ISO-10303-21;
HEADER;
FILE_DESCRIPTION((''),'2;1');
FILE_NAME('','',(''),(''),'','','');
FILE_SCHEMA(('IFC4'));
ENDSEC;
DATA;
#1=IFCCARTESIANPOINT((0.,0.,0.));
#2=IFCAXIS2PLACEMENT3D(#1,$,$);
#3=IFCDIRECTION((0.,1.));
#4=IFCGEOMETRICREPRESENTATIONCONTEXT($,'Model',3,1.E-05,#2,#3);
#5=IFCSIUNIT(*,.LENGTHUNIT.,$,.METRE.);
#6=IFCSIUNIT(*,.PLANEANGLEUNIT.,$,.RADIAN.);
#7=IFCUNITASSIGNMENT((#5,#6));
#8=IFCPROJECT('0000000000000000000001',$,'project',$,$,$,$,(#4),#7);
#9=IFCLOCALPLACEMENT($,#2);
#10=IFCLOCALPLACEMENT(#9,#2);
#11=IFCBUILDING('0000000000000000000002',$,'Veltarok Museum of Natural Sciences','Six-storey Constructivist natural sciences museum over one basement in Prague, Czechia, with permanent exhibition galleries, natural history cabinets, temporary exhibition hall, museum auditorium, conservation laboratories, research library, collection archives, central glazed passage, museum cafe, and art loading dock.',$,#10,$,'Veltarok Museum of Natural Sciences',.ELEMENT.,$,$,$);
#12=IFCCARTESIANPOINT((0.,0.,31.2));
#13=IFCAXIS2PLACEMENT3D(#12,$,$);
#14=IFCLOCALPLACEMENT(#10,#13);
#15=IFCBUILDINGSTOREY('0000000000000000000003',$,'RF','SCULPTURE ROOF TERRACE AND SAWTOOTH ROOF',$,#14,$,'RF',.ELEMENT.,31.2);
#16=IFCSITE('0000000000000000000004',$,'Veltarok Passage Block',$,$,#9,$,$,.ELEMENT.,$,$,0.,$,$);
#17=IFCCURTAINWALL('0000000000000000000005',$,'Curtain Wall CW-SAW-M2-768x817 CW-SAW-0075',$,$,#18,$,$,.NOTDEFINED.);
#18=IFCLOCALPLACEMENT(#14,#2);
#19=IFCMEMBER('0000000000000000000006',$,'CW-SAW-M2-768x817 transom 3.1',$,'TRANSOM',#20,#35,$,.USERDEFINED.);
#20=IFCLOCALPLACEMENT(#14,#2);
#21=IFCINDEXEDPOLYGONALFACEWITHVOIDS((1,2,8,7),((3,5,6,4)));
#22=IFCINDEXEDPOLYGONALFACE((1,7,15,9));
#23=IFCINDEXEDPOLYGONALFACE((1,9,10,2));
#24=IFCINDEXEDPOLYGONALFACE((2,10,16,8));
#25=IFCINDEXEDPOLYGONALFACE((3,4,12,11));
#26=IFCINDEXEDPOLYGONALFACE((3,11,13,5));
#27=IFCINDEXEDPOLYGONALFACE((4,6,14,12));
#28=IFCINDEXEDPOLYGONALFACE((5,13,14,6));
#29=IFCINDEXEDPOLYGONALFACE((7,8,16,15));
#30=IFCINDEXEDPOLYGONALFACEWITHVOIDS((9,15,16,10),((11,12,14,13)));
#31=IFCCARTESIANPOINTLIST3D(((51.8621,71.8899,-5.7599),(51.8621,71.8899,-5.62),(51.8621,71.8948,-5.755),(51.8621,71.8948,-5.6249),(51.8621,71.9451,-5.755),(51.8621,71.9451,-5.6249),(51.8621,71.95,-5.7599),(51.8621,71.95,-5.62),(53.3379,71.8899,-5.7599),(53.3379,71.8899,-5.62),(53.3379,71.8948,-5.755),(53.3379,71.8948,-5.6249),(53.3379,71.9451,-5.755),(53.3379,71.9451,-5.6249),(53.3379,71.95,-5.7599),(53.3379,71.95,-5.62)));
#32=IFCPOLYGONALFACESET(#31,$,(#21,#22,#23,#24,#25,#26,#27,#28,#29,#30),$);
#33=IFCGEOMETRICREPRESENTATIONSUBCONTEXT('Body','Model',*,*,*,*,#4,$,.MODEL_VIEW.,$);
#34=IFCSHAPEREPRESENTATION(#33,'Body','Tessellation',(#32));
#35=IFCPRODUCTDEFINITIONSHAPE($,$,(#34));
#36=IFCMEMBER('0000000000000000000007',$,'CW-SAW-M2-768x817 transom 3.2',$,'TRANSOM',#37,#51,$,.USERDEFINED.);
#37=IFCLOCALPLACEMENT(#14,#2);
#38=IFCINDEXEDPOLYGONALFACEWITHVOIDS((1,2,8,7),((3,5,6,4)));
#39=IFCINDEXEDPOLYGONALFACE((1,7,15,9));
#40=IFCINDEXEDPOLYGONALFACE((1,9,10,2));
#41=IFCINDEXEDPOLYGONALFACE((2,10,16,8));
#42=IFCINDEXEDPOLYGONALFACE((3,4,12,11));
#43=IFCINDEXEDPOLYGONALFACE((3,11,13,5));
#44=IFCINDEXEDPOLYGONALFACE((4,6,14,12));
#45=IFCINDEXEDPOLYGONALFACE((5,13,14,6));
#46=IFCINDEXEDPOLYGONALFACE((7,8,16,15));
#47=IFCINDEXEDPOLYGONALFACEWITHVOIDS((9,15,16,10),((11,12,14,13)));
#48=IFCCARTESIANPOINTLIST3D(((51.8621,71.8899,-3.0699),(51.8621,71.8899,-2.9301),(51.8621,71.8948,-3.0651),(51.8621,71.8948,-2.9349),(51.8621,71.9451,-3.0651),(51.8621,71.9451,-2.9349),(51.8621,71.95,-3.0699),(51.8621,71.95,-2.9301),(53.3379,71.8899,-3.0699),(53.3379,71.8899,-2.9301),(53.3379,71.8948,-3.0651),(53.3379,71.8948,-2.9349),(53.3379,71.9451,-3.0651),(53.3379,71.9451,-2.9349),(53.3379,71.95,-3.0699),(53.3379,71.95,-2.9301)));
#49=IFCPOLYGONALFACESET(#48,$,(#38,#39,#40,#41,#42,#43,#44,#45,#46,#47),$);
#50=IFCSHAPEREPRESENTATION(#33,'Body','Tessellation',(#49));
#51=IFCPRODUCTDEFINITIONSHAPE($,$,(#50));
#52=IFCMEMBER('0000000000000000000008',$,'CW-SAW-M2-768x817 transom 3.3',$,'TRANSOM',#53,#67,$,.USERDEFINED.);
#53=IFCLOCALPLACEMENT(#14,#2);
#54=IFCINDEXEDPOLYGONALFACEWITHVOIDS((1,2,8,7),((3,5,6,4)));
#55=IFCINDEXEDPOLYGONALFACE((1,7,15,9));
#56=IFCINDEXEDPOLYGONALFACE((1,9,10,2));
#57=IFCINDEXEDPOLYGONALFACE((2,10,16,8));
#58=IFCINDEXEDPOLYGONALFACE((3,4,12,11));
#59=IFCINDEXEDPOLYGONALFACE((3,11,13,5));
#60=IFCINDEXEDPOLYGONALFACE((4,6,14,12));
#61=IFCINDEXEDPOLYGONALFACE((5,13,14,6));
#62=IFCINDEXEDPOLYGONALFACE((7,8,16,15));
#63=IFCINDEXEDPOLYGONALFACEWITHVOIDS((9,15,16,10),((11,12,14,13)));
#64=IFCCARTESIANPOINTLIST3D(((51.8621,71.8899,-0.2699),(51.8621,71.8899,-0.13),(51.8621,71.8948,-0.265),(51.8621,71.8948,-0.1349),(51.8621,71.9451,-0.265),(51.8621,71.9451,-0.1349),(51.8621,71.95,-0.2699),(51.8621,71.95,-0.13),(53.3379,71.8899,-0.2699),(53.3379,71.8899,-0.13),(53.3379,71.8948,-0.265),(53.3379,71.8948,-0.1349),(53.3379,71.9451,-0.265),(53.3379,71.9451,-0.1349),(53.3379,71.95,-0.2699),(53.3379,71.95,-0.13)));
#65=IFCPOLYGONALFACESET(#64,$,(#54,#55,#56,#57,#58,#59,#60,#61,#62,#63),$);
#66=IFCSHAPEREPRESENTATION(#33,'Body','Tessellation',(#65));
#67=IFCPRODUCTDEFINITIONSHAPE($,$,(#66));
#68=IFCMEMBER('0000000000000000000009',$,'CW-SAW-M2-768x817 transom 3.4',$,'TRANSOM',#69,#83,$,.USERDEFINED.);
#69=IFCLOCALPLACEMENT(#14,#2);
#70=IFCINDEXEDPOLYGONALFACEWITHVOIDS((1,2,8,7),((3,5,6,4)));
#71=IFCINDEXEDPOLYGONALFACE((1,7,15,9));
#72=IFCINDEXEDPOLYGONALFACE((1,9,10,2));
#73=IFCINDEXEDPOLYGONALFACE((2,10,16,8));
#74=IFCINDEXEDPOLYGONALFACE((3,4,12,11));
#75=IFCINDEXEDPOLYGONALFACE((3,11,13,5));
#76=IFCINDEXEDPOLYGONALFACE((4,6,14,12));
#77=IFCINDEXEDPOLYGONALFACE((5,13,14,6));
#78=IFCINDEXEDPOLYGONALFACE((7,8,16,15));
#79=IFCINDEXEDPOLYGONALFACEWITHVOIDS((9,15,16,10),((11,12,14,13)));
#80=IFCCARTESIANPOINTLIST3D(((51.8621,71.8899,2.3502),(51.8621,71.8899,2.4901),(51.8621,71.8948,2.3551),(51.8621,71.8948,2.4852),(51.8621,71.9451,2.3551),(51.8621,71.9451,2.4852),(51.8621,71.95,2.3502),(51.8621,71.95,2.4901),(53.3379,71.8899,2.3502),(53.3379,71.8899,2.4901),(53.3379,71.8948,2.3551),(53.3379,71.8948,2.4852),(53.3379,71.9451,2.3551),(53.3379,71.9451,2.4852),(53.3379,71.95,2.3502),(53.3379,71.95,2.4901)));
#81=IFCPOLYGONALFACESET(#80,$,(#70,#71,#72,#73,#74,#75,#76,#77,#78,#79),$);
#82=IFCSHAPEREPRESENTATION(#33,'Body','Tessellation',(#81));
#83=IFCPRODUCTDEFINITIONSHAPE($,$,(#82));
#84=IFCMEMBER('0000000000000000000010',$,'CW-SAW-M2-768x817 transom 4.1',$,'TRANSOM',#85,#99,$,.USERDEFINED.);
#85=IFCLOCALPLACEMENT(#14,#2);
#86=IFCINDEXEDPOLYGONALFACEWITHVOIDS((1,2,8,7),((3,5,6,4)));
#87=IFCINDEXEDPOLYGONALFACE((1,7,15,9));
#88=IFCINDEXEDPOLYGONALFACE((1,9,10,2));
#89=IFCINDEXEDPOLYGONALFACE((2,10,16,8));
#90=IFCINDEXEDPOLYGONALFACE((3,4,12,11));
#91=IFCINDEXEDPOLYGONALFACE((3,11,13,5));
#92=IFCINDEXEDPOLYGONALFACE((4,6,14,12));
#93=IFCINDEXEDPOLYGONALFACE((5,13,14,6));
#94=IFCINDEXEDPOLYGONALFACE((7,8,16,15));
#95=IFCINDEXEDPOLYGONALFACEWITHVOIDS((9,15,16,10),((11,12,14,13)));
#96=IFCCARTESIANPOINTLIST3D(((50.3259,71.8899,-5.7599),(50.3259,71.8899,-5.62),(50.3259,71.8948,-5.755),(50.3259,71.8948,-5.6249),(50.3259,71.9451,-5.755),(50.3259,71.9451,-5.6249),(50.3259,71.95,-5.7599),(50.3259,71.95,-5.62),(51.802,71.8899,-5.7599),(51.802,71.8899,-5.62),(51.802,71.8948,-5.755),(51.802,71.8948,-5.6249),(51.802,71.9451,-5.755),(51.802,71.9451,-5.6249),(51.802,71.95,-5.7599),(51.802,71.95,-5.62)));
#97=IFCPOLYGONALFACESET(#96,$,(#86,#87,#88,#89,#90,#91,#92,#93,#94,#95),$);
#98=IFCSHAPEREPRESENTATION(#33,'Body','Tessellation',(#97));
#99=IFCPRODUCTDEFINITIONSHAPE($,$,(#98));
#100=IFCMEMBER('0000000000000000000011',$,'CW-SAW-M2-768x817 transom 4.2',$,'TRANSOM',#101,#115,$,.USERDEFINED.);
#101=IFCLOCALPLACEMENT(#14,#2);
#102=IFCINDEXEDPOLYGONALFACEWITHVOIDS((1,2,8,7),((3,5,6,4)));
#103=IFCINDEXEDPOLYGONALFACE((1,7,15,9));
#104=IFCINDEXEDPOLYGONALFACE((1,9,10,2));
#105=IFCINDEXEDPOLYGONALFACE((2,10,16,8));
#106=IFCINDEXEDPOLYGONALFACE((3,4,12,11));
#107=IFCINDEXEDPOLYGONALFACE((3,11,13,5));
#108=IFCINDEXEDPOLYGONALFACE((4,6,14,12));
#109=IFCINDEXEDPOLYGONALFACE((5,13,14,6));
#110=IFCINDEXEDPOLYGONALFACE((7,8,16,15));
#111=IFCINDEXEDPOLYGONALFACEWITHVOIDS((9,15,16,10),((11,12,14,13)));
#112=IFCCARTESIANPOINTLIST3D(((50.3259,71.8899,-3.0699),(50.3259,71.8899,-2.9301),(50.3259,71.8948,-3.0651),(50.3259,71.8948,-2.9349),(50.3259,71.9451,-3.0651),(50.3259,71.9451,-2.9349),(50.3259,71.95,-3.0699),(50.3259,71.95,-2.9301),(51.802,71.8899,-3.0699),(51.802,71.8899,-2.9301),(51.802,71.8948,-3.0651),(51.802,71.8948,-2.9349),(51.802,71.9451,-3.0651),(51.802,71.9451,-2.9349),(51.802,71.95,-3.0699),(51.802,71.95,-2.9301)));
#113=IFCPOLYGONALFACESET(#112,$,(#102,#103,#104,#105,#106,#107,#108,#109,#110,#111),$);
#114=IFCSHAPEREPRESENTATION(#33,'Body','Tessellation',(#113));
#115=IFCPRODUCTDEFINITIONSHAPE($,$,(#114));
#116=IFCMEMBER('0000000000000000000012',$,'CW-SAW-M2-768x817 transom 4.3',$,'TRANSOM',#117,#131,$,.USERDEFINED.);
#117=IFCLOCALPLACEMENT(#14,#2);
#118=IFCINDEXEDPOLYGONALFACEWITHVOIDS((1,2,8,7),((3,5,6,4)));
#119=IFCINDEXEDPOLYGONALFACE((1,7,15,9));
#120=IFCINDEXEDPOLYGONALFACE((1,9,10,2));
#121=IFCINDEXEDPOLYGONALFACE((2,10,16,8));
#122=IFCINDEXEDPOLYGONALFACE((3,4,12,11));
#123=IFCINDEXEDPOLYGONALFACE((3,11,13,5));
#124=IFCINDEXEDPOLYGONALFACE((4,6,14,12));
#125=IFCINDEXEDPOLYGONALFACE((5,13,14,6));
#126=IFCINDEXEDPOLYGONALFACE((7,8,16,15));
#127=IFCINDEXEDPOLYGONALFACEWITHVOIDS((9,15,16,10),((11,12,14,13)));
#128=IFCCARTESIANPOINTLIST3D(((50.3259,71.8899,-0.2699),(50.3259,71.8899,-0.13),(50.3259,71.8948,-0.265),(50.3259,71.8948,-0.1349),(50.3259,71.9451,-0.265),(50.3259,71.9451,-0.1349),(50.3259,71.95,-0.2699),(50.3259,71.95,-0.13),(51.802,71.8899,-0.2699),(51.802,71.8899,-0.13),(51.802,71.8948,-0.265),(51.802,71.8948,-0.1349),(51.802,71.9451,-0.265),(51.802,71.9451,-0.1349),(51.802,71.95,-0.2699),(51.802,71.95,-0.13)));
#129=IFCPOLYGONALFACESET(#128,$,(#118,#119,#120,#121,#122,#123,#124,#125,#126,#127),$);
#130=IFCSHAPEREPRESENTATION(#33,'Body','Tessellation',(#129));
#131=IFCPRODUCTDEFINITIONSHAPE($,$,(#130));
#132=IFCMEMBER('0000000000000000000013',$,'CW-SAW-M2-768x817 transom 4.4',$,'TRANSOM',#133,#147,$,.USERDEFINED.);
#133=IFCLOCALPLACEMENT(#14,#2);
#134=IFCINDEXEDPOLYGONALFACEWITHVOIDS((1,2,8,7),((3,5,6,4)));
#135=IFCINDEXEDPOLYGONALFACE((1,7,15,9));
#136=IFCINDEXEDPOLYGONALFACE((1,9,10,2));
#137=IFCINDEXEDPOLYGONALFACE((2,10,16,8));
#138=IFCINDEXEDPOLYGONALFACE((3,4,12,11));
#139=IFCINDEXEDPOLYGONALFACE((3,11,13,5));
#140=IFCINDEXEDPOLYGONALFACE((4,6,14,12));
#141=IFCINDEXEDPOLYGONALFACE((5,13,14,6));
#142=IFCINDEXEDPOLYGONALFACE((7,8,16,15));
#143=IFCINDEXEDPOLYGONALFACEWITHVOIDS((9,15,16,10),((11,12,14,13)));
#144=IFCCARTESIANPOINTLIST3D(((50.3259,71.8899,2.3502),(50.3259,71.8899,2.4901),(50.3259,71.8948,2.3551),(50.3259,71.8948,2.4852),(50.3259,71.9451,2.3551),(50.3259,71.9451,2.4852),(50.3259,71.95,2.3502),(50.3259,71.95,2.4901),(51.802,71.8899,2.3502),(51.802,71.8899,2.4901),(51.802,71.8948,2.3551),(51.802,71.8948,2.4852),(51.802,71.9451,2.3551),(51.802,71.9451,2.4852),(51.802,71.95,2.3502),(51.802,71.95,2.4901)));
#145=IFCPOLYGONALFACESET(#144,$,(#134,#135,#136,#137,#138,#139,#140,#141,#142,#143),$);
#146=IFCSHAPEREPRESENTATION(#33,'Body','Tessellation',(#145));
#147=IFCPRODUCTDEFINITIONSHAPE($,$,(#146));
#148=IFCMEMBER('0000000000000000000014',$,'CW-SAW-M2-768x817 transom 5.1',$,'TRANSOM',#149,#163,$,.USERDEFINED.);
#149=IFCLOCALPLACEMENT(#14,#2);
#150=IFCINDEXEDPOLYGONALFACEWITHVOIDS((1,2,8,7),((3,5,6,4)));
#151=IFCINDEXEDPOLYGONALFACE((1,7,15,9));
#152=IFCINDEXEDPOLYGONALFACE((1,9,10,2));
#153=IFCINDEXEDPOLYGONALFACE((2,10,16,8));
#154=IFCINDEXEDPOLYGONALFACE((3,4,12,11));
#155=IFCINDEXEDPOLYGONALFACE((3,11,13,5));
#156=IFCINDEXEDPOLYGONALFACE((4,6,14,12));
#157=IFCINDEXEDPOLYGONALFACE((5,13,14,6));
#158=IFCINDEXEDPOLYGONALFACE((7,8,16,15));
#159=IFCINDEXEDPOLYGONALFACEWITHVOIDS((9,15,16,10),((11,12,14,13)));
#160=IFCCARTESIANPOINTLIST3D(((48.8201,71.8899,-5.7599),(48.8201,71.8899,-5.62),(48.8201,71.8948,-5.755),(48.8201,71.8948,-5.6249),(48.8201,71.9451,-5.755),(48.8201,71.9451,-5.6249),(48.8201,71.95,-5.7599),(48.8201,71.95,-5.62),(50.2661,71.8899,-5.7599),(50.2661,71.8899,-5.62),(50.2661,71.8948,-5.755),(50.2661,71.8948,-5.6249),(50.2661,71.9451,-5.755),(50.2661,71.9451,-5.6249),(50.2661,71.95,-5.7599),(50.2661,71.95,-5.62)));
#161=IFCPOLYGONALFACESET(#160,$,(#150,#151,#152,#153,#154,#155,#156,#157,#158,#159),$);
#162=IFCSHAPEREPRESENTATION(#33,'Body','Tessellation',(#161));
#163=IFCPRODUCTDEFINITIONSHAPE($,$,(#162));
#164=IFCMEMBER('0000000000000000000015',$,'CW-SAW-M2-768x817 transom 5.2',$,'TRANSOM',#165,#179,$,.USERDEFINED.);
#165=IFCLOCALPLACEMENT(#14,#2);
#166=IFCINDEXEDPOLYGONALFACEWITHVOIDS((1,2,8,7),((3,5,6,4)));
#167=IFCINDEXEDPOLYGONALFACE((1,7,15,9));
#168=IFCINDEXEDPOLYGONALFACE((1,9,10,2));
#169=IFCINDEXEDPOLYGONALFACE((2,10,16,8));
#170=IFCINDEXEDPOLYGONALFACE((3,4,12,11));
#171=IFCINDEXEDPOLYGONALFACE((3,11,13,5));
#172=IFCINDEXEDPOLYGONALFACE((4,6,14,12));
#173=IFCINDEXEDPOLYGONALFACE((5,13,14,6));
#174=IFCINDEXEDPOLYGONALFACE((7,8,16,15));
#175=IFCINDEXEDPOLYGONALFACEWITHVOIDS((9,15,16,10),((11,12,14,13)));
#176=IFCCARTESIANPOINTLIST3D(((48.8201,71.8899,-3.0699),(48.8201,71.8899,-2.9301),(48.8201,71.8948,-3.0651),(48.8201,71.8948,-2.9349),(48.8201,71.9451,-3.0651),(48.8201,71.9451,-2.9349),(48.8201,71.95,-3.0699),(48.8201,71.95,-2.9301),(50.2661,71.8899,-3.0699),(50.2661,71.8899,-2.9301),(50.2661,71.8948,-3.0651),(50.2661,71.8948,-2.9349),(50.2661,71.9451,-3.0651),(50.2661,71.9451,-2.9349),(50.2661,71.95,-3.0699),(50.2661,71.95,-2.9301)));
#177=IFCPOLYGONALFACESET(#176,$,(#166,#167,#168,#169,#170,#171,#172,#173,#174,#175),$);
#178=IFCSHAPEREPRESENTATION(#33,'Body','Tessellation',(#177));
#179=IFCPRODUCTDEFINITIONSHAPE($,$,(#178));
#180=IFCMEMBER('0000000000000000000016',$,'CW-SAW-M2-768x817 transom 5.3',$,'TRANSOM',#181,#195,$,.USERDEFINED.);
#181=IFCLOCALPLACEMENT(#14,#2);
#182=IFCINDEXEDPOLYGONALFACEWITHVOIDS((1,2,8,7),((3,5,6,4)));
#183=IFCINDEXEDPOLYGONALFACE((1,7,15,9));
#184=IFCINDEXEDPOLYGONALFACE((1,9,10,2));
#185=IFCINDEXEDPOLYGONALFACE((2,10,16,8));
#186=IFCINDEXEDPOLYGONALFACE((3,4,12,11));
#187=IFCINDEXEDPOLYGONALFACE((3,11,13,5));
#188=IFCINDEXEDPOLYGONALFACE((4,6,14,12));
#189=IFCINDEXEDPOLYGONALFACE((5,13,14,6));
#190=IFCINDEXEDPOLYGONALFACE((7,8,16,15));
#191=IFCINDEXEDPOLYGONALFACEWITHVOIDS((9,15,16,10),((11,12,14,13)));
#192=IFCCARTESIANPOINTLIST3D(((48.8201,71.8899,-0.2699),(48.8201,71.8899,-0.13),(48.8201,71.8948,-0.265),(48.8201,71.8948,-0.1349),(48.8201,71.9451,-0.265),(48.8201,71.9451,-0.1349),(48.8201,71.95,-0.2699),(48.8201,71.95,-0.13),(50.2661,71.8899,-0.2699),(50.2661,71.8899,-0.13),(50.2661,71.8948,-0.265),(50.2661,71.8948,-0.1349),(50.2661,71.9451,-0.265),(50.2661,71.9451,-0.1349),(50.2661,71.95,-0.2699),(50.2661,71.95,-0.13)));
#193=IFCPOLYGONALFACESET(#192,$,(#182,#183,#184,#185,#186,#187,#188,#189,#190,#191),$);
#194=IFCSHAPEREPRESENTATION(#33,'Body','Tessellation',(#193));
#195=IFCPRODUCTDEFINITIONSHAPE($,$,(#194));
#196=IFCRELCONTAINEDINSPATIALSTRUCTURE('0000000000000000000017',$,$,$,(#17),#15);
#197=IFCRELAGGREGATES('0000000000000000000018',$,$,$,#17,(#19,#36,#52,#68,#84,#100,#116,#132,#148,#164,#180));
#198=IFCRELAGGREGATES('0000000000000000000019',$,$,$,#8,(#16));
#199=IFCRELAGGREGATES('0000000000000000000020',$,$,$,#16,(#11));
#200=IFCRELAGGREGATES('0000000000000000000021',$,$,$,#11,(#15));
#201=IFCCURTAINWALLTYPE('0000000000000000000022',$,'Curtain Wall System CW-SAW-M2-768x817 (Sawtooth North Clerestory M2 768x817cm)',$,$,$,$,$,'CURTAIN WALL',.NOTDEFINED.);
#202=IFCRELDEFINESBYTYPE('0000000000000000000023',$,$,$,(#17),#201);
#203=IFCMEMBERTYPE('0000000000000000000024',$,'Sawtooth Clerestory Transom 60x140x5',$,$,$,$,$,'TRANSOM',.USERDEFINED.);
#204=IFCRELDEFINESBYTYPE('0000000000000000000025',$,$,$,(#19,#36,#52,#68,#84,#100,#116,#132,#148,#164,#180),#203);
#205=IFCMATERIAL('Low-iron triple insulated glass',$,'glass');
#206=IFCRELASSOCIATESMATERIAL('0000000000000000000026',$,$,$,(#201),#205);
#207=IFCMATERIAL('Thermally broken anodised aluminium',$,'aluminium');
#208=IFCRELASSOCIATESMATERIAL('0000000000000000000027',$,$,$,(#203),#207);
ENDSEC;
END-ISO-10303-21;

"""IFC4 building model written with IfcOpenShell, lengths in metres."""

from ifc_helpers import new_model, si_unit, direction, frame, origin, origin_2d, place, context, subcontext, project, spatial, hollow_rectangle, extrude, material, material_profile, profile_set, type_object, element, aggregate, save


model = new_model("IFC4")

# Units and contexts
model_context = context("Model", 3, precision=1e-05, world=origin(), true_north=direction((0.0, 1.0)))
body_context = subcontext(model_context, "Body", "Model", "MODEL_VIEW")
ifc_project = project(units=[si_unit("LENGTHUNIT", "METRE"), si_unit("PLANEANGLEUNIT", "RADIAN")], contexts=[model_context])

# Site, building, storey
site_placement = place(None, origin())
site = spatial("IfcSite", under=ifc_project, at=site_placement, Name="Veltarok Passage Block", CompositionType="ELEMENT", RefElevation=0.0)
building_placement = place(site_placement, origin())
building = spatial("IfcBuilding", under=site, at=building_placement, Name="Veltarok Museum of Natural Sciences", Description="Six-storey Constructivist natural sciences museum over one basement in Prague, Czechia, with permanent exhibition galleries, natural history cabinets, temporary exhibition hall, museum auditorium, conservation laboratories, research library, collection archives, central glazed passage, museum cafe, and art loading dock.", LongName="Veltarok Museum of Natural Sciences", CompositionType="ELEMENT")
storey_placement = place(building_placement, frame((0.0, 0.0, 31.2)))
storey = spatial("IfcBuildingStorey", under=building, at=storey_placement, Name="RF", Description="SCULPTURE ROOF TERRACE AND SAWTOOTH ROOF", LongName="RF", CompositionType="ELEMENT", Elevation=31.2)

# Curtain wall, members
ifc_material_1 = material(Name="Low-iron triple insulated glass", Category="glass")
curtain_wall_type = type_object("IfcCurtainWallType", Name="Curtain Wall System CW-SAW-M2-768x817 (Sawtooth North Clerestory M2 768x817cm)", ElementType="CURTAIN WALL", PredefinedType="NOTDEFINED", material=ifc_material_1)
curtain_wall_placement = place(storey_placement, origin())
curtain_wall = element("IfcCurtainWall", 1, at=curtain_wall_placement, inside=storey, type_object=curtain_wall_type, Name="Curtain Wall CW-SAW-M2-768x817 CW-SAW-0075", PredefinedType="NOTDEFINED")
ifc_material_2 = material(Name="Thermally broken anodised aluminium", Category="aluminium")
ifc_material_profile_1 = material_profile(ifc_material_2, hollow_rectangle(XDim=0.0601, YDim=0.1399, WallThickness=0.0049, at=origin_2d()), Name="CW TRANSOM 60x140x5")
ifc_profile_set_1 = profile_set([ifc_material_profile_1], Name="Thermally broken anodised aluminium")
member_type_1 = type_object("IfcMemberType", Name="Sawtooth Clerestory Transom 60x140x5", ElementType="TRANSOM", PredefinedType="USERDEFINED", material=ifc_profile_set_1)
member_1_placement = place(storey_placement, frame((53.3379, 71.9199, -5.6899), z_axis=(-1.0, 0.0, 0.0), x_axis=(0.0, -1.0, 0.0)))
member_1 = element("IfcMember", 2, at=member_1_placement, type_object=member_type_1, Name="CW-SAW-M2-768x817 transom 3.1", ObjectType="TRANSOM", PredefinedType="USERDEFINED", context=body_context, shape_type="SweptSolid", body=[
    extrude(hollow_rectangle(XDim=0.0601, YDim=0.1399, WallThickness=0.0049, at=origin_2d()), origin(), (0.0, 0.0, 1.0), 1.4758),
])
member_2_placement = place(storey_placement, frame((53.3379, 71.9199, -3.0), z_axis=(-1.0, 0.0, 0.0), x_axis=(0.0, -1.0, 0.0)))
member_2 = element("IfcMember", 3, at=member_2_placement, type_object=member_type_1, Name="CW-SAW-M2-768x817 transom 3.2", ObjectType="TRANSOM", PredefinedType="USERDEFINED", context=body_context, shape_type="SweptSolid", body=[
    extrude(hollow_rectangle(XDim=0.0601, YDim=0.1399, WallThickness=0.0049, at=origin_2d()), origin(), (0.0, 0.0, 1.0), 1.4758),
])
member_3_placement = place(storey_placement, frame((53.3379, 71.9199, -0.2), z_axis=(-1.0, 0.0, 0.0), x_axis=(0.0, -1.0, 0.0)))
member_3 = element("IfcMember", 4, at=member_3_placement, type_object=member_type_1, Name="CW-SAW-M2-768x817 transom 3.3", ObjectType="TRANSOM", PredefinedType="USERDEFINED", context=body_context, shape_type="SweptSolid", body=[
    extrude(hollow_rectangle(XDim=0.0601, YDim=0.1399, WallThickness=0.0049, at=origin_2d()), origin(), (0.0, 0.0, 1.0), 1.4758),
])
member_4_placement = place(storey_placement, frame((53.3379, 71.9199, 2.4202), z_axis=(-1.0, 0.0, 0.0), x_axis=(0.0, -1.0, 0.0)))
member_4 = element("IfcMember", 5, at=member_4_placement, type_object=member_type_1, Name="CW-SAW-M2-768x817 transom 3.4", ObjectType="TRANSOM", PredefinedType="USERDEFINED", context=body_context, shape_type="SweptSolid", body=[
    extrude(hollow_rectangle(XDim=0.0601, YDim=0.1399, WallThickness=0.0049, at=origin_2d()), origin(), (0.0, 0.0, 1.0), 1.4758),
])
member_5_placement = place(storey_placement, frame((51.802, 71.9199, -5.6899), z_axis=(-1.0, 0.0, 0.0), x_axis=(0.0, -1.0, 0.0)))
member_5 = element("IfcMember", 6, at=member_5_placement, type_object=member_type_1, Name="CW-SAW-M2-768x817 transom 4.1", ObjectType="TRANSOM", PredefinedType="USERDEFINED", context=body_context, shape_type="SweptSolid", body=[
    extrude(hollow_rectangle(XDim=0.0601, YDim=0.1399, WallThickness=0.0049, at=origin_2d()), origin(), (0.0, 0.0, 1.0), 1.4761),
])
member_6_placement = place(storey_placement, frame((51.802, 71.9199, -3.0), z_axis=(-1.0, 0.0, 0.0), x_axis=(0.0, -1.0, 0.0)))
member_6 = element("IfcMember", 7, at=member_6_placement, type_object=member_type_1, Name="CW-SAW-M2-768x817 transom 4.2", ObjectType="TRANSOM", PredefinedType="USERDEFINED", context=body_context, shape_type="SweptSolid", body=[
    extrude(hollow_rectangle(XDim=0.0601, YDim=0.1399, WallThickness=0.0049, at=origin_2d()), origin(), (0.0, 0.0, 1.0), 1.4761),
])
member_7_placement = place(storey_placement, frame((51.802, 71.9199, -0.2), z_axis=(-1.0, 0.0, 0.0), x_axis=(0.0, -1.0, 0.0)))
member_7 = element("IfcMember", 8, at=member_7_placement, type_object=member_type_1, Name="CW-SAW-M2-768x817 transom 4.3", ObjectType="TRANSOM", PredefinedType="USERDEFINED", context=body_context, shape_type="SweptSolid", body=[
    extrude(hollow_rectangle(XDim=0.0601, YDim=0.1399, WallThickness=0.0049, at=origin_2d()), origin(), (0.0, 0.0, 1.0), 1.4761),
])
member_8_placement = place(storey_placement, frame((51.802, 71.9199, 2.4202), z_axis=(-1.0, 0.0, 0.0), x_axis=(0.0, -1.0, 0.0)))
member_8 = element("IfcMember", 9, at=member_8_placement, type_object=member_type_1, Name="CW-SAW-M2-768x817 transom 4.4", ObjectType="TRANSOM", PredefinedType="USERDEFINED", context=body_context, shape_type="SweptSolid", body=[
    extrude(hollow_rectangle(XDim=0.0601, YDim=0.1399, WallThickness=0.0049, at=origin_2d()), origin(), (0.0, 0.0, 1.0), 1.4761),
])
member_9_placement = place(storey_placement, frame((50.2661, 71.9199, -5.6899), z_axis=(-1.0, 0.0, 0.0), x_axis=(0.0, -1.0, 0.0)))
member_9 = element("IfcMember", 10, at=member_9_placement, type_object=member_type_1, Name="CW-SAW-M2-768x817 transom 5.1", ObjectType="TRANSOM", PredefinedType="USERDEFINED", context=body_context, shape_type="SweptSolid", body=[
    extrude(hollow_rectangle(XDim=0.0601, YDim=0.1399, WallThickness=0.0049, at=origin_2d()), origin(), (0.0, 0.0, 1.0), 1.446),
])
member_10_placement = place(storey_placement, frame((50.2661, 71.9199, -3.0), z_axis=(-1.0, 0.0, 0.0), x_axis=(0.0, -1.0, 0.0)))
member_10 = element("IfcMember", 11, at=member_10_placement, type_object=member_type_1, Name="CW-SAW-M2-768x817 transom 5.2", ObjectType="TRANSOM", PredefinedType="USERDEFINED", context=body_context, shape_type="SweptSolid", body=[
    extrude(hollow_rectangle(XDim=0.0601, YDim=0.1399, WallThickness=0.0049, at=origin_2d()), origin(), (0.0, 0.0, 1.0), 1.446),
])
member_11_placement = place(storey_placement, frame((50.2661, 71.9199, -0.2), z_axis=(-1.0, 0.0, 0.0), x_axis=(0.0, -1.0, 0.0)))
member_11 = element("IfcMember", 12, at=member_11_placement, type_object=member_type_1, Name="CW-SAW-M2-768x817 transom 5.3", ObjectType="TRANSOM", PredefinedType="USERDEFINED", context=body_context, shape_type="SweptSolid", body=[
    extrude(hollow_rectangle(XDim=0.0601, YDim=0.1399, WallThickness=0.0049, at=origin_2d()), origin(), (0.0, 0.0, 1.0), 1.446),
])
aggregate(curtain_wall, [member_1, member_2, member_3, member_4, member_5, member_6, member_7, member_8, member_9, member_10, member_11])

save(model, "model.ifc")
